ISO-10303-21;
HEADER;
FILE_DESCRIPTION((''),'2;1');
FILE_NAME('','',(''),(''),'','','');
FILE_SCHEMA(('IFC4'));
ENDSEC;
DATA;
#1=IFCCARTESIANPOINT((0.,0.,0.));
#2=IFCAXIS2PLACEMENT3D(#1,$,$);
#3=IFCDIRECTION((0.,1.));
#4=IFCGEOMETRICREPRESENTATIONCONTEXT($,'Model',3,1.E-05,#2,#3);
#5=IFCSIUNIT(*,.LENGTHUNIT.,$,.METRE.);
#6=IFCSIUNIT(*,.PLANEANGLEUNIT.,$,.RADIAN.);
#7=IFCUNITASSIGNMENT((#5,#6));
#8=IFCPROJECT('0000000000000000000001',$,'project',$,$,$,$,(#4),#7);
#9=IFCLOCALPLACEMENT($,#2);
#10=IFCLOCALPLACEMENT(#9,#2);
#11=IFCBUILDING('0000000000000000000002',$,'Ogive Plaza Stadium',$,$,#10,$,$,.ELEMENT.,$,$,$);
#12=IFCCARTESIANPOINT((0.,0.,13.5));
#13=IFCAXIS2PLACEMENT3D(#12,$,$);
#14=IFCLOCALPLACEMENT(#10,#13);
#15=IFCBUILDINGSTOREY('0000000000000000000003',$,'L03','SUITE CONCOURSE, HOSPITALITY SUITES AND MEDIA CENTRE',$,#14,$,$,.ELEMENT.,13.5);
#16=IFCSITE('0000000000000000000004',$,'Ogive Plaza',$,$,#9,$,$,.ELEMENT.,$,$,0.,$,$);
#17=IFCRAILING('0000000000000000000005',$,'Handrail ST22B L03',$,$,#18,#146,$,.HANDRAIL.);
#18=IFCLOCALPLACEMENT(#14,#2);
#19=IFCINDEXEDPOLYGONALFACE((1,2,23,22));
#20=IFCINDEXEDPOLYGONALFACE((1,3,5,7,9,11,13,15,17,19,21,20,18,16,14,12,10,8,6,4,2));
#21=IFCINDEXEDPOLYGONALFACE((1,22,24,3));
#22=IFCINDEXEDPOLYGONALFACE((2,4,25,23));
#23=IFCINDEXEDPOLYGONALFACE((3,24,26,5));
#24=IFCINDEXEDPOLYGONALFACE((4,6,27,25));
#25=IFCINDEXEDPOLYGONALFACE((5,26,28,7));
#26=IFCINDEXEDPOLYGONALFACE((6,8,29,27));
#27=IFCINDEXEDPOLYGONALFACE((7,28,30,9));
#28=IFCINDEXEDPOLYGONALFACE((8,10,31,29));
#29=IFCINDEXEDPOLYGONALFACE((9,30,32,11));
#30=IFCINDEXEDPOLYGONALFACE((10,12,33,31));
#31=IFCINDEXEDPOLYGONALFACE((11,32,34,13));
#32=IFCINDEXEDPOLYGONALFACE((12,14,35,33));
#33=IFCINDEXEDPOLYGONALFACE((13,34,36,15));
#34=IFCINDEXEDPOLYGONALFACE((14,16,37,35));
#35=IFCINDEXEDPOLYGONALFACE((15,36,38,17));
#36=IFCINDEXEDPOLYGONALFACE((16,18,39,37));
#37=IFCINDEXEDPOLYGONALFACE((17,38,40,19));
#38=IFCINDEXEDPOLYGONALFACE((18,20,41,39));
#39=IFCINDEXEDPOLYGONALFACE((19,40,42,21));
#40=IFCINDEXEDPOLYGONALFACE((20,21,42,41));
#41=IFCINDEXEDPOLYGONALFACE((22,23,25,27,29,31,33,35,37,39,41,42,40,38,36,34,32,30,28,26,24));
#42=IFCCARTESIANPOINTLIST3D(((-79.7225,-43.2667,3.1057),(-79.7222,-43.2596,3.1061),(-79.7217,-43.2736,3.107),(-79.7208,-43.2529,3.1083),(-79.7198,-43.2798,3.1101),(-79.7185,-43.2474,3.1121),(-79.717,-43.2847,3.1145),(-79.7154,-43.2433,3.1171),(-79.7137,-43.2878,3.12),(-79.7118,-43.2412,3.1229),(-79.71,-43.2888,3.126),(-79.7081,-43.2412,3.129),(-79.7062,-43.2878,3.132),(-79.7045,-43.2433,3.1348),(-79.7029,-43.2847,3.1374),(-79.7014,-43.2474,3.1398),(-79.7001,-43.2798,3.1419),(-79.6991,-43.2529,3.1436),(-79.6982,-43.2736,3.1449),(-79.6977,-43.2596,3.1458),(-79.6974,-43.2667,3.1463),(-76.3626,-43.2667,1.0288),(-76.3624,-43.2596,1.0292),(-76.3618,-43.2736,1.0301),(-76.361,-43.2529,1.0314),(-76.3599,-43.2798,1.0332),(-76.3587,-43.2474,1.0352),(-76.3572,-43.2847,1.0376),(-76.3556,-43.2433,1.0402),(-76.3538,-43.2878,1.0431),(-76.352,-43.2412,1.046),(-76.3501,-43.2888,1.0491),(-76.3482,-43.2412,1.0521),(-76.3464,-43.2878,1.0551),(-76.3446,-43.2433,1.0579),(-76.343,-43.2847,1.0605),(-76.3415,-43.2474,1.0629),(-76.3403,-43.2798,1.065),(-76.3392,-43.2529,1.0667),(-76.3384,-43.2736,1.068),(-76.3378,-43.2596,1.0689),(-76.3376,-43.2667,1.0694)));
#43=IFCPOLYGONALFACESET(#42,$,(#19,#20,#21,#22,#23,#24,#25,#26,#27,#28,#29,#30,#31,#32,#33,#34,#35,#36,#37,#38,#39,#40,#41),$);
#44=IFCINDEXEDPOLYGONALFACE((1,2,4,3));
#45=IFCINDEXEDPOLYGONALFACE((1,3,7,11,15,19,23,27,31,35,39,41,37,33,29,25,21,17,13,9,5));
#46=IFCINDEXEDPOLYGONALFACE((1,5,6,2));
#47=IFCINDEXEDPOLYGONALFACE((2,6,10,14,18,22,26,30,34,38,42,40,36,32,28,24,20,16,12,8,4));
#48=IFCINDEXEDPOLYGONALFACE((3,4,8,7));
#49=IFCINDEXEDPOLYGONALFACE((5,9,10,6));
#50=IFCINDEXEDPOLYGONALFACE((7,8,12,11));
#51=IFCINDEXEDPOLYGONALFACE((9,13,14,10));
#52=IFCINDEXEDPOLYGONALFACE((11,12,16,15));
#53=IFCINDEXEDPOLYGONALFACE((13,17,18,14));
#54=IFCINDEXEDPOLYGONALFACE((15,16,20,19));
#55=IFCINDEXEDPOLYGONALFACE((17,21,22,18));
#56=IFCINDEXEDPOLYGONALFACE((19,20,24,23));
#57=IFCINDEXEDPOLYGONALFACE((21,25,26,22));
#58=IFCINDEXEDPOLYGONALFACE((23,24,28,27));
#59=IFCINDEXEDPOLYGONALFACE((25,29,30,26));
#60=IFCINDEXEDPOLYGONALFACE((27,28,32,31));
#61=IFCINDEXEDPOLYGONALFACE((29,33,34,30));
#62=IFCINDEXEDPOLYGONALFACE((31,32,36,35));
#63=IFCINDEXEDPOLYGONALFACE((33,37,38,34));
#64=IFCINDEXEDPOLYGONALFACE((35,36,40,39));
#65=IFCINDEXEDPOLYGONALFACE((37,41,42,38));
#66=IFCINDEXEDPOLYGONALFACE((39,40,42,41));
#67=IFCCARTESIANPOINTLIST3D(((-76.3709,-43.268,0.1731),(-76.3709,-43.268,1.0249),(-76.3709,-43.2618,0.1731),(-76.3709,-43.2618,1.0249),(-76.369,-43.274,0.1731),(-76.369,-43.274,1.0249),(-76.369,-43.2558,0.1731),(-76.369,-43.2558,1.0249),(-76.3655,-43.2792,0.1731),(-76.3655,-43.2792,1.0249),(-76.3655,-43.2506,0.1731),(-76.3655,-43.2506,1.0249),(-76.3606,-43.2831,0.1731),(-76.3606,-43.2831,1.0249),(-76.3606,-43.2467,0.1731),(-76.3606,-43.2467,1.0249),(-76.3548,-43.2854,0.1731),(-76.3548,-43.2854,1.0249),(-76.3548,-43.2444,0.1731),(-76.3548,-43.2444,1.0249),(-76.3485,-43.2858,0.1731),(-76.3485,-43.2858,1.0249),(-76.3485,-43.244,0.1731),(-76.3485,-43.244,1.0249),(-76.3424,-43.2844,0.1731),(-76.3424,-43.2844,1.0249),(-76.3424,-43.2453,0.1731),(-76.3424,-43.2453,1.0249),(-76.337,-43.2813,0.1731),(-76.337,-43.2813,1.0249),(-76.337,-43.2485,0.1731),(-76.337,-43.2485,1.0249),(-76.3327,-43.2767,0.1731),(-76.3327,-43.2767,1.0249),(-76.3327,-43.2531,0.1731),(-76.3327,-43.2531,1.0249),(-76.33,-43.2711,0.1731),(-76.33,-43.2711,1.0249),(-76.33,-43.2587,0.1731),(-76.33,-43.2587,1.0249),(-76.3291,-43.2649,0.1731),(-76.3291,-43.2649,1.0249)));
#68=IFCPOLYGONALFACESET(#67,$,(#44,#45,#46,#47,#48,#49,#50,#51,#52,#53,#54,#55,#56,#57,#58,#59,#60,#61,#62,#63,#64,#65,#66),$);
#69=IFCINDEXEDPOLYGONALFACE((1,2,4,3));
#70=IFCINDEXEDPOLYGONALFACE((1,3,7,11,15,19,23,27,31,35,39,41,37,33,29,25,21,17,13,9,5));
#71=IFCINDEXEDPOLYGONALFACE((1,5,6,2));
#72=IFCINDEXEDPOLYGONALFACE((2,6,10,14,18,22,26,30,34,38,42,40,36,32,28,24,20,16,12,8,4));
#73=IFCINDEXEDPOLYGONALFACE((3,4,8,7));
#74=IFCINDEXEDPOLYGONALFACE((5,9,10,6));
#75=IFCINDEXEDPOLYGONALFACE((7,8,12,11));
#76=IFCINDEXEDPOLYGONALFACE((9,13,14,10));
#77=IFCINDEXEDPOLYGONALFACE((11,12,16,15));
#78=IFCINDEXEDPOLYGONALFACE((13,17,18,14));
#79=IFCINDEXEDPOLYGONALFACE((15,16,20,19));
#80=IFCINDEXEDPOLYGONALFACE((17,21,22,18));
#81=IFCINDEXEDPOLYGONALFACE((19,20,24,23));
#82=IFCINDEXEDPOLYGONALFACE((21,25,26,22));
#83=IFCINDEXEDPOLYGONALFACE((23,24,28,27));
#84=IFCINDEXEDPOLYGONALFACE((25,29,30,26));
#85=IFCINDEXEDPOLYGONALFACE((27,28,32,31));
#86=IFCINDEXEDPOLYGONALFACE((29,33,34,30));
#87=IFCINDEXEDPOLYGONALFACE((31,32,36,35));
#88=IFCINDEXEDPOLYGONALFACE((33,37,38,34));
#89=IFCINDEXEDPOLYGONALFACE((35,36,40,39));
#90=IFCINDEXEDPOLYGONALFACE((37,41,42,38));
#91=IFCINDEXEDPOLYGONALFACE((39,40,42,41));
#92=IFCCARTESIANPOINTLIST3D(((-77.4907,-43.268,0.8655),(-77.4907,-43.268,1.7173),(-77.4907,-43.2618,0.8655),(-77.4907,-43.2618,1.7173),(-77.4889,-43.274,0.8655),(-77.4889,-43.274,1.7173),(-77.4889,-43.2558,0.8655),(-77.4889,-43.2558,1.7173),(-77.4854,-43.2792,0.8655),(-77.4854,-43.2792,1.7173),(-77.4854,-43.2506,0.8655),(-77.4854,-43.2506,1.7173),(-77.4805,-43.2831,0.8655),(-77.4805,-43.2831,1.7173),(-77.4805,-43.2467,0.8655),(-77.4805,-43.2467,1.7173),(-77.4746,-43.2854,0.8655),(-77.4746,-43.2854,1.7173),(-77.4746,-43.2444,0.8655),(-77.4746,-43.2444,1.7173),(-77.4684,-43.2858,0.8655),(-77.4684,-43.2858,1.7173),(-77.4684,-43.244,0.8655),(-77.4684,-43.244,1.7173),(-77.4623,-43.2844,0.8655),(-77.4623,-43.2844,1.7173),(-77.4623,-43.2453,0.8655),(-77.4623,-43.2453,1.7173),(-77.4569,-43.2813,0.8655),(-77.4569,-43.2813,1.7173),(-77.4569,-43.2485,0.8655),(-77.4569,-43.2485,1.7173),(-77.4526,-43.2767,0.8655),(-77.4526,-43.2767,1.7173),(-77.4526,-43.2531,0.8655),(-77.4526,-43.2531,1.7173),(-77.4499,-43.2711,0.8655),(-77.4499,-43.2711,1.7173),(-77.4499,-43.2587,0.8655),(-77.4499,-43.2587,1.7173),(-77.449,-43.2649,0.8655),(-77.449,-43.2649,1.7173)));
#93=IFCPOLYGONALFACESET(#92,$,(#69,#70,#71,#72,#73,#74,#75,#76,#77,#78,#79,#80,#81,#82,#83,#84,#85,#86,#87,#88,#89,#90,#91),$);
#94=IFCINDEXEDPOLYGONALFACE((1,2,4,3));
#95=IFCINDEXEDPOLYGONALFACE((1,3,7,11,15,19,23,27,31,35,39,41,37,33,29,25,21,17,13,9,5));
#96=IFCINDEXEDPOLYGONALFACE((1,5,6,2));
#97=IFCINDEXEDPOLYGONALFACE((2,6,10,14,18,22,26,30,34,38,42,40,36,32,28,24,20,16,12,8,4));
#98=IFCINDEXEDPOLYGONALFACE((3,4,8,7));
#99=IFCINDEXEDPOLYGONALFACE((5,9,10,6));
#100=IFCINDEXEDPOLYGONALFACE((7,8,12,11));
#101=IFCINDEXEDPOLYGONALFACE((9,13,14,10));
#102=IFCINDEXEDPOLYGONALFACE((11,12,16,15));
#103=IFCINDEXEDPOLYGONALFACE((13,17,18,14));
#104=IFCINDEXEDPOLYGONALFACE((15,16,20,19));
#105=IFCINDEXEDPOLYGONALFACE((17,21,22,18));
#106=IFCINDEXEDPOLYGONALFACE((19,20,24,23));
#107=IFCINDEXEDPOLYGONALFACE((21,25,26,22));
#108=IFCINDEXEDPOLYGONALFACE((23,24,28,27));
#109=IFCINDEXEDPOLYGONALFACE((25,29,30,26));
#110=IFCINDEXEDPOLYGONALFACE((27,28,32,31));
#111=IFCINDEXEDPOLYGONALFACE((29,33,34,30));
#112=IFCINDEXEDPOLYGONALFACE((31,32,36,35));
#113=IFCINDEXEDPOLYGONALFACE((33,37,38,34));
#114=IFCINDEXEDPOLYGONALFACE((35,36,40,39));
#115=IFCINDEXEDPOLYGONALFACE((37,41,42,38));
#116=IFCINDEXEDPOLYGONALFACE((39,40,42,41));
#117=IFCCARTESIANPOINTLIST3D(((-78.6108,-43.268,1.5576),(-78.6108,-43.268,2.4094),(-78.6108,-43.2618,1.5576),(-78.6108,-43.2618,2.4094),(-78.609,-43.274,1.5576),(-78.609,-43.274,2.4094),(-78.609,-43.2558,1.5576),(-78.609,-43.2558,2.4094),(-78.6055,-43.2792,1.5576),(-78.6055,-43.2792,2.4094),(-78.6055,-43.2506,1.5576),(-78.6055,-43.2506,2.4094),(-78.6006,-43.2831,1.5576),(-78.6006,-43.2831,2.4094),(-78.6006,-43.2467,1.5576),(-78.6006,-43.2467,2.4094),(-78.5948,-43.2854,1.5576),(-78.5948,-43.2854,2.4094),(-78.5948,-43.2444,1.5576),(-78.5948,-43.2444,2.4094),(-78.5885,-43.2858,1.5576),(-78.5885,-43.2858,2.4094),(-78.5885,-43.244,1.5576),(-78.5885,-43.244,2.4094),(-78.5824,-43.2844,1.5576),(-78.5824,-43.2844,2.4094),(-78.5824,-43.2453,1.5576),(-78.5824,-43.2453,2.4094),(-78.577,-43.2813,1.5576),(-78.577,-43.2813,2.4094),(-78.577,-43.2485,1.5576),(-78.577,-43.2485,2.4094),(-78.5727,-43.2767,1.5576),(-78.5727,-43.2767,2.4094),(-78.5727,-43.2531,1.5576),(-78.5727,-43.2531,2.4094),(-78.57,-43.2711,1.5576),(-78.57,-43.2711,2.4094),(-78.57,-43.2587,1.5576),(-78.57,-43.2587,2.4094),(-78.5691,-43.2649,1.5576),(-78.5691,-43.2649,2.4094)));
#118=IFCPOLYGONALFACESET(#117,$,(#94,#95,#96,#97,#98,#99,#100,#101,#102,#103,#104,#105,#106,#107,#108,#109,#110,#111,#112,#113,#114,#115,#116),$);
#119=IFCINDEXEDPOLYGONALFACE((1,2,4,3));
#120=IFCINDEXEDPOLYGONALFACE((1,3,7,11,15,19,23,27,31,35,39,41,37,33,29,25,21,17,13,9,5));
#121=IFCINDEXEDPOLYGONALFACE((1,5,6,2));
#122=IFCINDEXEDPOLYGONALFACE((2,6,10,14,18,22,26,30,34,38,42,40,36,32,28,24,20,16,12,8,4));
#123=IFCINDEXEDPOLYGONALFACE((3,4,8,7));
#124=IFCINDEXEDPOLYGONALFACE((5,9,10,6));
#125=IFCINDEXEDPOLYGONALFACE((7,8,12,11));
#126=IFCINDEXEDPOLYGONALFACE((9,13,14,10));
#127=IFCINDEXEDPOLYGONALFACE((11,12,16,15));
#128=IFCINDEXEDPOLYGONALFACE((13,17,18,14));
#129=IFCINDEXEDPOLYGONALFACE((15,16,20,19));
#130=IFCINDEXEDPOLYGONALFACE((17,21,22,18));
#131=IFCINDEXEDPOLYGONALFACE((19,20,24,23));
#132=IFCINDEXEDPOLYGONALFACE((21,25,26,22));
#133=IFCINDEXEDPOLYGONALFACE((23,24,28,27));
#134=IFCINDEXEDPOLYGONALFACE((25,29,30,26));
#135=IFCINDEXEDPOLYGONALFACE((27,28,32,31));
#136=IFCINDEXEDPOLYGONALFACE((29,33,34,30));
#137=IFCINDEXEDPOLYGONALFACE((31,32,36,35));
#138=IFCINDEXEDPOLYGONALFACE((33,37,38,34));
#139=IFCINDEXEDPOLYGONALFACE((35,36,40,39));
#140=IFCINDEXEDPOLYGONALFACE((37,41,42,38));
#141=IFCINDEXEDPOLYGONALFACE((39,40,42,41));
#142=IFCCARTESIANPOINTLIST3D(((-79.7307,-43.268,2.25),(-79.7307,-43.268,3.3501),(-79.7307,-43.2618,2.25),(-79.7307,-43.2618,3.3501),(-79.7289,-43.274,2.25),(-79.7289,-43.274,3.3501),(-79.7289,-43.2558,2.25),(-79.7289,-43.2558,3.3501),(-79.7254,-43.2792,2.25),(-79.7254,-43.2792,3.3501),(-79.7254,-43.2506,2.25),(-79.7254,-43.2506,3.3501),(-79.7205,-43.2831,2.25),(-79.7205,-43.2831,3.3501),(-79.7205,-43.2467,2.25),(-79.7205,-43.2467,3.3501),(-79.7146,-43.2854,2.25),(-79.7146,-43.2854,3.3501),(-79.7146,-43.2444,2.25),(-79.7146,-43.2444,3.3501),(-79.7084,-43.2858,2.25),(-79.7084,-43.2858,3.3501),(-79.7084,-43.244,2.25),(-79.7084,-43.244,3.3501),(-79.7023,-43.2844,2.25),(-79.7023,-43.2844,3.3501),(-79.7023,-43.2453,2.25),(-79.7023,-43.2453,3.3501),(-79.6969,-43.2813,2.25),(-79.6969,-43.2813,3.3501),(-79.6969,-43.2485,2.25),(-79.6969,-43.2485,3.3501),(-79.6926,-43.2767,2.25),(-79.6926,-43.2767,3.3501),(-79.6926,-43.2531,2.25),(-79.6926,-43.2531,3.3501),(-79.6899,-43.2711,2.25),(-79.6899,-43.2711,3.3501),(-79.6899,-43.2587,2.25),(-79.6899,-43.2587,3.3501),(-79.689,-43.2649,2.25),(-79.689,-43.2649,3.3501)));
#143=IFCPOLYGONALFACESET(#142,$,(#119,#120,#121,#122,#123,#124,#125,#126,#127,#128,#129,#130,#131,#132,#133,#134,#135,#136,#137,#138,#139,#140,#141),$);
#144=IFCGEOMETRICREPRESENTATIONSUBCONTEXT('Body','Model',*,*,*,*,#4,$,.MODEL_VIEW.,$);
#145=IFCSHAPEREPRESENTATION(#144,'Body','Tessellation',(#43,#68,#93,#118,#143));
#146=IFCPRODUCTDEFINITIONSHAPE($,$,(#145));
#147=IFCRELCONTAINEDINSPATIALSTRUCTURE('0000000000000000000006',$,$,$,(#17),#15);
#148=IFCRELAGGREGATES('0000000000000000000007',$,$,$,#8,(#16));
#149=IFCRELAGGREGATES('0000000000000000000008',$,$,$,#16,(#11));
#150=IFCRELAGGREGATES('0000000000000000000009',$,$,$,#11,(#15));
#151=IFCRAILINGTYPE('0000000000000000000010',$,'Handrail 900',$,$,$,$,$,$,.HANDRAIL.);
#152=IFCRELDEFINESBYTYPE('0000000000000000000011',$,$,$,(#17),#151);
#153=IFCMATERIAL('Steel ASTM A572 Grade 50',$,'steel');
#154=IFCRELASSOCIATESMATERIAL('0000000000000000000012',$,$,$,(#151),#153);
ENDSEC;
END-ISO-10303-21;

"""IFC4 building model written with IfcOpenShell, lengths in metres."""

from ifc_helpers import new_model, si_unit, direction, frame, origin, origin_2d, place, context, subcontext, project, spatial, circle, extrude, material, type_object, element, save


model = new_model("IFC4")

# Units and contexts
model_context = context("Model", 3, precision=1e-05, world=origin(), true_north=direction((0.0, 1.0)))
body_context = subcontext(model_context, "Body", "Model", "MODEL_VIEW")
ifc_project = project(units=[si_unit("LENGTHUNIT", "METRE"), si_unit("PLANEANGLEUNIT", "RADIAN")], contexts=[model_context])

# Site, building, storey
site_placement = place(None, origin())
site = spatial("IfcSite", under=ifc_project, at=site_placement, Name="Ogive Plaza", CompositionType="ELEMENT", RefElevation=0.0)
building_placement = place(site_placement, origin())
building = spatial("IfcBuilding", under=site, at=building_placement, Name="Ogive Plaza Stadium", CompositionType="ELEMENT")
storey_placement = place(building_placement, frame((0.0, 0.0, 13.5)))
storey = spatial("IfcBuildingStorey", under=building, at=storey_placement, Name="L03", Description="SUITE CONCOURSE, HOSPITALITY SUITES AND MEDIA CENTRE", CompositionType="ELEMENT", Elevation=13.5)

# Railing
ifc_material_1 = material(Name="Steel ASTM A572 Grade 50", Category="steel")
railing_type_1 = type_object("IfcRailingType", Name="Handrail 900", PredefinedType="HANDRAIL", material=ifc_material_1)
for number, where, name in (
    (1, (-76.3501, -43.2649, 0.1731), "Handrail ST22B L03"),
):
    element("IfcRailing", number, at=place(storey_placement, frame(where)), inside=storey, type_object=railing_type_1, Name=name, PredefinedType="HANDRAIL", context=body_context, shape_type="SweptSolid", body=[
        extrude(circle(Radius=0.0239, at=origin_2d()), frame((0.0, 0.0, 0.876), z_axis=(-0.850606, 0.0, 0.525803), x_axis=(0.0, -1.0, 0.0)), (0.0, 0.0, 1.0), 3.95),
        extrude(circle(Radius=0.021, at=origin_2d()), origin(), (0.0, 0.0, 1.0), 0.8518),
        extrude(circle(Radius=0.021, at=origin_2d()), frame((-1.1199, 0.0, 0.6924)), (0.0, 0.0, 1.0), 0.8518),
        extrude(circle(Radius=0.021, at=origin_2d()), frame((-2.24, 0.0, 1.3845)), (0.0, 0.0, 1.0), 0.8518),
        extrude(circle(Radius=0.021, at=origin_2d()), frame((-3.3599, 0.0, 2.0769)), (0.0, 0.0, 1.0), 1.1001),
    ])

save(model, "model.ifc")
